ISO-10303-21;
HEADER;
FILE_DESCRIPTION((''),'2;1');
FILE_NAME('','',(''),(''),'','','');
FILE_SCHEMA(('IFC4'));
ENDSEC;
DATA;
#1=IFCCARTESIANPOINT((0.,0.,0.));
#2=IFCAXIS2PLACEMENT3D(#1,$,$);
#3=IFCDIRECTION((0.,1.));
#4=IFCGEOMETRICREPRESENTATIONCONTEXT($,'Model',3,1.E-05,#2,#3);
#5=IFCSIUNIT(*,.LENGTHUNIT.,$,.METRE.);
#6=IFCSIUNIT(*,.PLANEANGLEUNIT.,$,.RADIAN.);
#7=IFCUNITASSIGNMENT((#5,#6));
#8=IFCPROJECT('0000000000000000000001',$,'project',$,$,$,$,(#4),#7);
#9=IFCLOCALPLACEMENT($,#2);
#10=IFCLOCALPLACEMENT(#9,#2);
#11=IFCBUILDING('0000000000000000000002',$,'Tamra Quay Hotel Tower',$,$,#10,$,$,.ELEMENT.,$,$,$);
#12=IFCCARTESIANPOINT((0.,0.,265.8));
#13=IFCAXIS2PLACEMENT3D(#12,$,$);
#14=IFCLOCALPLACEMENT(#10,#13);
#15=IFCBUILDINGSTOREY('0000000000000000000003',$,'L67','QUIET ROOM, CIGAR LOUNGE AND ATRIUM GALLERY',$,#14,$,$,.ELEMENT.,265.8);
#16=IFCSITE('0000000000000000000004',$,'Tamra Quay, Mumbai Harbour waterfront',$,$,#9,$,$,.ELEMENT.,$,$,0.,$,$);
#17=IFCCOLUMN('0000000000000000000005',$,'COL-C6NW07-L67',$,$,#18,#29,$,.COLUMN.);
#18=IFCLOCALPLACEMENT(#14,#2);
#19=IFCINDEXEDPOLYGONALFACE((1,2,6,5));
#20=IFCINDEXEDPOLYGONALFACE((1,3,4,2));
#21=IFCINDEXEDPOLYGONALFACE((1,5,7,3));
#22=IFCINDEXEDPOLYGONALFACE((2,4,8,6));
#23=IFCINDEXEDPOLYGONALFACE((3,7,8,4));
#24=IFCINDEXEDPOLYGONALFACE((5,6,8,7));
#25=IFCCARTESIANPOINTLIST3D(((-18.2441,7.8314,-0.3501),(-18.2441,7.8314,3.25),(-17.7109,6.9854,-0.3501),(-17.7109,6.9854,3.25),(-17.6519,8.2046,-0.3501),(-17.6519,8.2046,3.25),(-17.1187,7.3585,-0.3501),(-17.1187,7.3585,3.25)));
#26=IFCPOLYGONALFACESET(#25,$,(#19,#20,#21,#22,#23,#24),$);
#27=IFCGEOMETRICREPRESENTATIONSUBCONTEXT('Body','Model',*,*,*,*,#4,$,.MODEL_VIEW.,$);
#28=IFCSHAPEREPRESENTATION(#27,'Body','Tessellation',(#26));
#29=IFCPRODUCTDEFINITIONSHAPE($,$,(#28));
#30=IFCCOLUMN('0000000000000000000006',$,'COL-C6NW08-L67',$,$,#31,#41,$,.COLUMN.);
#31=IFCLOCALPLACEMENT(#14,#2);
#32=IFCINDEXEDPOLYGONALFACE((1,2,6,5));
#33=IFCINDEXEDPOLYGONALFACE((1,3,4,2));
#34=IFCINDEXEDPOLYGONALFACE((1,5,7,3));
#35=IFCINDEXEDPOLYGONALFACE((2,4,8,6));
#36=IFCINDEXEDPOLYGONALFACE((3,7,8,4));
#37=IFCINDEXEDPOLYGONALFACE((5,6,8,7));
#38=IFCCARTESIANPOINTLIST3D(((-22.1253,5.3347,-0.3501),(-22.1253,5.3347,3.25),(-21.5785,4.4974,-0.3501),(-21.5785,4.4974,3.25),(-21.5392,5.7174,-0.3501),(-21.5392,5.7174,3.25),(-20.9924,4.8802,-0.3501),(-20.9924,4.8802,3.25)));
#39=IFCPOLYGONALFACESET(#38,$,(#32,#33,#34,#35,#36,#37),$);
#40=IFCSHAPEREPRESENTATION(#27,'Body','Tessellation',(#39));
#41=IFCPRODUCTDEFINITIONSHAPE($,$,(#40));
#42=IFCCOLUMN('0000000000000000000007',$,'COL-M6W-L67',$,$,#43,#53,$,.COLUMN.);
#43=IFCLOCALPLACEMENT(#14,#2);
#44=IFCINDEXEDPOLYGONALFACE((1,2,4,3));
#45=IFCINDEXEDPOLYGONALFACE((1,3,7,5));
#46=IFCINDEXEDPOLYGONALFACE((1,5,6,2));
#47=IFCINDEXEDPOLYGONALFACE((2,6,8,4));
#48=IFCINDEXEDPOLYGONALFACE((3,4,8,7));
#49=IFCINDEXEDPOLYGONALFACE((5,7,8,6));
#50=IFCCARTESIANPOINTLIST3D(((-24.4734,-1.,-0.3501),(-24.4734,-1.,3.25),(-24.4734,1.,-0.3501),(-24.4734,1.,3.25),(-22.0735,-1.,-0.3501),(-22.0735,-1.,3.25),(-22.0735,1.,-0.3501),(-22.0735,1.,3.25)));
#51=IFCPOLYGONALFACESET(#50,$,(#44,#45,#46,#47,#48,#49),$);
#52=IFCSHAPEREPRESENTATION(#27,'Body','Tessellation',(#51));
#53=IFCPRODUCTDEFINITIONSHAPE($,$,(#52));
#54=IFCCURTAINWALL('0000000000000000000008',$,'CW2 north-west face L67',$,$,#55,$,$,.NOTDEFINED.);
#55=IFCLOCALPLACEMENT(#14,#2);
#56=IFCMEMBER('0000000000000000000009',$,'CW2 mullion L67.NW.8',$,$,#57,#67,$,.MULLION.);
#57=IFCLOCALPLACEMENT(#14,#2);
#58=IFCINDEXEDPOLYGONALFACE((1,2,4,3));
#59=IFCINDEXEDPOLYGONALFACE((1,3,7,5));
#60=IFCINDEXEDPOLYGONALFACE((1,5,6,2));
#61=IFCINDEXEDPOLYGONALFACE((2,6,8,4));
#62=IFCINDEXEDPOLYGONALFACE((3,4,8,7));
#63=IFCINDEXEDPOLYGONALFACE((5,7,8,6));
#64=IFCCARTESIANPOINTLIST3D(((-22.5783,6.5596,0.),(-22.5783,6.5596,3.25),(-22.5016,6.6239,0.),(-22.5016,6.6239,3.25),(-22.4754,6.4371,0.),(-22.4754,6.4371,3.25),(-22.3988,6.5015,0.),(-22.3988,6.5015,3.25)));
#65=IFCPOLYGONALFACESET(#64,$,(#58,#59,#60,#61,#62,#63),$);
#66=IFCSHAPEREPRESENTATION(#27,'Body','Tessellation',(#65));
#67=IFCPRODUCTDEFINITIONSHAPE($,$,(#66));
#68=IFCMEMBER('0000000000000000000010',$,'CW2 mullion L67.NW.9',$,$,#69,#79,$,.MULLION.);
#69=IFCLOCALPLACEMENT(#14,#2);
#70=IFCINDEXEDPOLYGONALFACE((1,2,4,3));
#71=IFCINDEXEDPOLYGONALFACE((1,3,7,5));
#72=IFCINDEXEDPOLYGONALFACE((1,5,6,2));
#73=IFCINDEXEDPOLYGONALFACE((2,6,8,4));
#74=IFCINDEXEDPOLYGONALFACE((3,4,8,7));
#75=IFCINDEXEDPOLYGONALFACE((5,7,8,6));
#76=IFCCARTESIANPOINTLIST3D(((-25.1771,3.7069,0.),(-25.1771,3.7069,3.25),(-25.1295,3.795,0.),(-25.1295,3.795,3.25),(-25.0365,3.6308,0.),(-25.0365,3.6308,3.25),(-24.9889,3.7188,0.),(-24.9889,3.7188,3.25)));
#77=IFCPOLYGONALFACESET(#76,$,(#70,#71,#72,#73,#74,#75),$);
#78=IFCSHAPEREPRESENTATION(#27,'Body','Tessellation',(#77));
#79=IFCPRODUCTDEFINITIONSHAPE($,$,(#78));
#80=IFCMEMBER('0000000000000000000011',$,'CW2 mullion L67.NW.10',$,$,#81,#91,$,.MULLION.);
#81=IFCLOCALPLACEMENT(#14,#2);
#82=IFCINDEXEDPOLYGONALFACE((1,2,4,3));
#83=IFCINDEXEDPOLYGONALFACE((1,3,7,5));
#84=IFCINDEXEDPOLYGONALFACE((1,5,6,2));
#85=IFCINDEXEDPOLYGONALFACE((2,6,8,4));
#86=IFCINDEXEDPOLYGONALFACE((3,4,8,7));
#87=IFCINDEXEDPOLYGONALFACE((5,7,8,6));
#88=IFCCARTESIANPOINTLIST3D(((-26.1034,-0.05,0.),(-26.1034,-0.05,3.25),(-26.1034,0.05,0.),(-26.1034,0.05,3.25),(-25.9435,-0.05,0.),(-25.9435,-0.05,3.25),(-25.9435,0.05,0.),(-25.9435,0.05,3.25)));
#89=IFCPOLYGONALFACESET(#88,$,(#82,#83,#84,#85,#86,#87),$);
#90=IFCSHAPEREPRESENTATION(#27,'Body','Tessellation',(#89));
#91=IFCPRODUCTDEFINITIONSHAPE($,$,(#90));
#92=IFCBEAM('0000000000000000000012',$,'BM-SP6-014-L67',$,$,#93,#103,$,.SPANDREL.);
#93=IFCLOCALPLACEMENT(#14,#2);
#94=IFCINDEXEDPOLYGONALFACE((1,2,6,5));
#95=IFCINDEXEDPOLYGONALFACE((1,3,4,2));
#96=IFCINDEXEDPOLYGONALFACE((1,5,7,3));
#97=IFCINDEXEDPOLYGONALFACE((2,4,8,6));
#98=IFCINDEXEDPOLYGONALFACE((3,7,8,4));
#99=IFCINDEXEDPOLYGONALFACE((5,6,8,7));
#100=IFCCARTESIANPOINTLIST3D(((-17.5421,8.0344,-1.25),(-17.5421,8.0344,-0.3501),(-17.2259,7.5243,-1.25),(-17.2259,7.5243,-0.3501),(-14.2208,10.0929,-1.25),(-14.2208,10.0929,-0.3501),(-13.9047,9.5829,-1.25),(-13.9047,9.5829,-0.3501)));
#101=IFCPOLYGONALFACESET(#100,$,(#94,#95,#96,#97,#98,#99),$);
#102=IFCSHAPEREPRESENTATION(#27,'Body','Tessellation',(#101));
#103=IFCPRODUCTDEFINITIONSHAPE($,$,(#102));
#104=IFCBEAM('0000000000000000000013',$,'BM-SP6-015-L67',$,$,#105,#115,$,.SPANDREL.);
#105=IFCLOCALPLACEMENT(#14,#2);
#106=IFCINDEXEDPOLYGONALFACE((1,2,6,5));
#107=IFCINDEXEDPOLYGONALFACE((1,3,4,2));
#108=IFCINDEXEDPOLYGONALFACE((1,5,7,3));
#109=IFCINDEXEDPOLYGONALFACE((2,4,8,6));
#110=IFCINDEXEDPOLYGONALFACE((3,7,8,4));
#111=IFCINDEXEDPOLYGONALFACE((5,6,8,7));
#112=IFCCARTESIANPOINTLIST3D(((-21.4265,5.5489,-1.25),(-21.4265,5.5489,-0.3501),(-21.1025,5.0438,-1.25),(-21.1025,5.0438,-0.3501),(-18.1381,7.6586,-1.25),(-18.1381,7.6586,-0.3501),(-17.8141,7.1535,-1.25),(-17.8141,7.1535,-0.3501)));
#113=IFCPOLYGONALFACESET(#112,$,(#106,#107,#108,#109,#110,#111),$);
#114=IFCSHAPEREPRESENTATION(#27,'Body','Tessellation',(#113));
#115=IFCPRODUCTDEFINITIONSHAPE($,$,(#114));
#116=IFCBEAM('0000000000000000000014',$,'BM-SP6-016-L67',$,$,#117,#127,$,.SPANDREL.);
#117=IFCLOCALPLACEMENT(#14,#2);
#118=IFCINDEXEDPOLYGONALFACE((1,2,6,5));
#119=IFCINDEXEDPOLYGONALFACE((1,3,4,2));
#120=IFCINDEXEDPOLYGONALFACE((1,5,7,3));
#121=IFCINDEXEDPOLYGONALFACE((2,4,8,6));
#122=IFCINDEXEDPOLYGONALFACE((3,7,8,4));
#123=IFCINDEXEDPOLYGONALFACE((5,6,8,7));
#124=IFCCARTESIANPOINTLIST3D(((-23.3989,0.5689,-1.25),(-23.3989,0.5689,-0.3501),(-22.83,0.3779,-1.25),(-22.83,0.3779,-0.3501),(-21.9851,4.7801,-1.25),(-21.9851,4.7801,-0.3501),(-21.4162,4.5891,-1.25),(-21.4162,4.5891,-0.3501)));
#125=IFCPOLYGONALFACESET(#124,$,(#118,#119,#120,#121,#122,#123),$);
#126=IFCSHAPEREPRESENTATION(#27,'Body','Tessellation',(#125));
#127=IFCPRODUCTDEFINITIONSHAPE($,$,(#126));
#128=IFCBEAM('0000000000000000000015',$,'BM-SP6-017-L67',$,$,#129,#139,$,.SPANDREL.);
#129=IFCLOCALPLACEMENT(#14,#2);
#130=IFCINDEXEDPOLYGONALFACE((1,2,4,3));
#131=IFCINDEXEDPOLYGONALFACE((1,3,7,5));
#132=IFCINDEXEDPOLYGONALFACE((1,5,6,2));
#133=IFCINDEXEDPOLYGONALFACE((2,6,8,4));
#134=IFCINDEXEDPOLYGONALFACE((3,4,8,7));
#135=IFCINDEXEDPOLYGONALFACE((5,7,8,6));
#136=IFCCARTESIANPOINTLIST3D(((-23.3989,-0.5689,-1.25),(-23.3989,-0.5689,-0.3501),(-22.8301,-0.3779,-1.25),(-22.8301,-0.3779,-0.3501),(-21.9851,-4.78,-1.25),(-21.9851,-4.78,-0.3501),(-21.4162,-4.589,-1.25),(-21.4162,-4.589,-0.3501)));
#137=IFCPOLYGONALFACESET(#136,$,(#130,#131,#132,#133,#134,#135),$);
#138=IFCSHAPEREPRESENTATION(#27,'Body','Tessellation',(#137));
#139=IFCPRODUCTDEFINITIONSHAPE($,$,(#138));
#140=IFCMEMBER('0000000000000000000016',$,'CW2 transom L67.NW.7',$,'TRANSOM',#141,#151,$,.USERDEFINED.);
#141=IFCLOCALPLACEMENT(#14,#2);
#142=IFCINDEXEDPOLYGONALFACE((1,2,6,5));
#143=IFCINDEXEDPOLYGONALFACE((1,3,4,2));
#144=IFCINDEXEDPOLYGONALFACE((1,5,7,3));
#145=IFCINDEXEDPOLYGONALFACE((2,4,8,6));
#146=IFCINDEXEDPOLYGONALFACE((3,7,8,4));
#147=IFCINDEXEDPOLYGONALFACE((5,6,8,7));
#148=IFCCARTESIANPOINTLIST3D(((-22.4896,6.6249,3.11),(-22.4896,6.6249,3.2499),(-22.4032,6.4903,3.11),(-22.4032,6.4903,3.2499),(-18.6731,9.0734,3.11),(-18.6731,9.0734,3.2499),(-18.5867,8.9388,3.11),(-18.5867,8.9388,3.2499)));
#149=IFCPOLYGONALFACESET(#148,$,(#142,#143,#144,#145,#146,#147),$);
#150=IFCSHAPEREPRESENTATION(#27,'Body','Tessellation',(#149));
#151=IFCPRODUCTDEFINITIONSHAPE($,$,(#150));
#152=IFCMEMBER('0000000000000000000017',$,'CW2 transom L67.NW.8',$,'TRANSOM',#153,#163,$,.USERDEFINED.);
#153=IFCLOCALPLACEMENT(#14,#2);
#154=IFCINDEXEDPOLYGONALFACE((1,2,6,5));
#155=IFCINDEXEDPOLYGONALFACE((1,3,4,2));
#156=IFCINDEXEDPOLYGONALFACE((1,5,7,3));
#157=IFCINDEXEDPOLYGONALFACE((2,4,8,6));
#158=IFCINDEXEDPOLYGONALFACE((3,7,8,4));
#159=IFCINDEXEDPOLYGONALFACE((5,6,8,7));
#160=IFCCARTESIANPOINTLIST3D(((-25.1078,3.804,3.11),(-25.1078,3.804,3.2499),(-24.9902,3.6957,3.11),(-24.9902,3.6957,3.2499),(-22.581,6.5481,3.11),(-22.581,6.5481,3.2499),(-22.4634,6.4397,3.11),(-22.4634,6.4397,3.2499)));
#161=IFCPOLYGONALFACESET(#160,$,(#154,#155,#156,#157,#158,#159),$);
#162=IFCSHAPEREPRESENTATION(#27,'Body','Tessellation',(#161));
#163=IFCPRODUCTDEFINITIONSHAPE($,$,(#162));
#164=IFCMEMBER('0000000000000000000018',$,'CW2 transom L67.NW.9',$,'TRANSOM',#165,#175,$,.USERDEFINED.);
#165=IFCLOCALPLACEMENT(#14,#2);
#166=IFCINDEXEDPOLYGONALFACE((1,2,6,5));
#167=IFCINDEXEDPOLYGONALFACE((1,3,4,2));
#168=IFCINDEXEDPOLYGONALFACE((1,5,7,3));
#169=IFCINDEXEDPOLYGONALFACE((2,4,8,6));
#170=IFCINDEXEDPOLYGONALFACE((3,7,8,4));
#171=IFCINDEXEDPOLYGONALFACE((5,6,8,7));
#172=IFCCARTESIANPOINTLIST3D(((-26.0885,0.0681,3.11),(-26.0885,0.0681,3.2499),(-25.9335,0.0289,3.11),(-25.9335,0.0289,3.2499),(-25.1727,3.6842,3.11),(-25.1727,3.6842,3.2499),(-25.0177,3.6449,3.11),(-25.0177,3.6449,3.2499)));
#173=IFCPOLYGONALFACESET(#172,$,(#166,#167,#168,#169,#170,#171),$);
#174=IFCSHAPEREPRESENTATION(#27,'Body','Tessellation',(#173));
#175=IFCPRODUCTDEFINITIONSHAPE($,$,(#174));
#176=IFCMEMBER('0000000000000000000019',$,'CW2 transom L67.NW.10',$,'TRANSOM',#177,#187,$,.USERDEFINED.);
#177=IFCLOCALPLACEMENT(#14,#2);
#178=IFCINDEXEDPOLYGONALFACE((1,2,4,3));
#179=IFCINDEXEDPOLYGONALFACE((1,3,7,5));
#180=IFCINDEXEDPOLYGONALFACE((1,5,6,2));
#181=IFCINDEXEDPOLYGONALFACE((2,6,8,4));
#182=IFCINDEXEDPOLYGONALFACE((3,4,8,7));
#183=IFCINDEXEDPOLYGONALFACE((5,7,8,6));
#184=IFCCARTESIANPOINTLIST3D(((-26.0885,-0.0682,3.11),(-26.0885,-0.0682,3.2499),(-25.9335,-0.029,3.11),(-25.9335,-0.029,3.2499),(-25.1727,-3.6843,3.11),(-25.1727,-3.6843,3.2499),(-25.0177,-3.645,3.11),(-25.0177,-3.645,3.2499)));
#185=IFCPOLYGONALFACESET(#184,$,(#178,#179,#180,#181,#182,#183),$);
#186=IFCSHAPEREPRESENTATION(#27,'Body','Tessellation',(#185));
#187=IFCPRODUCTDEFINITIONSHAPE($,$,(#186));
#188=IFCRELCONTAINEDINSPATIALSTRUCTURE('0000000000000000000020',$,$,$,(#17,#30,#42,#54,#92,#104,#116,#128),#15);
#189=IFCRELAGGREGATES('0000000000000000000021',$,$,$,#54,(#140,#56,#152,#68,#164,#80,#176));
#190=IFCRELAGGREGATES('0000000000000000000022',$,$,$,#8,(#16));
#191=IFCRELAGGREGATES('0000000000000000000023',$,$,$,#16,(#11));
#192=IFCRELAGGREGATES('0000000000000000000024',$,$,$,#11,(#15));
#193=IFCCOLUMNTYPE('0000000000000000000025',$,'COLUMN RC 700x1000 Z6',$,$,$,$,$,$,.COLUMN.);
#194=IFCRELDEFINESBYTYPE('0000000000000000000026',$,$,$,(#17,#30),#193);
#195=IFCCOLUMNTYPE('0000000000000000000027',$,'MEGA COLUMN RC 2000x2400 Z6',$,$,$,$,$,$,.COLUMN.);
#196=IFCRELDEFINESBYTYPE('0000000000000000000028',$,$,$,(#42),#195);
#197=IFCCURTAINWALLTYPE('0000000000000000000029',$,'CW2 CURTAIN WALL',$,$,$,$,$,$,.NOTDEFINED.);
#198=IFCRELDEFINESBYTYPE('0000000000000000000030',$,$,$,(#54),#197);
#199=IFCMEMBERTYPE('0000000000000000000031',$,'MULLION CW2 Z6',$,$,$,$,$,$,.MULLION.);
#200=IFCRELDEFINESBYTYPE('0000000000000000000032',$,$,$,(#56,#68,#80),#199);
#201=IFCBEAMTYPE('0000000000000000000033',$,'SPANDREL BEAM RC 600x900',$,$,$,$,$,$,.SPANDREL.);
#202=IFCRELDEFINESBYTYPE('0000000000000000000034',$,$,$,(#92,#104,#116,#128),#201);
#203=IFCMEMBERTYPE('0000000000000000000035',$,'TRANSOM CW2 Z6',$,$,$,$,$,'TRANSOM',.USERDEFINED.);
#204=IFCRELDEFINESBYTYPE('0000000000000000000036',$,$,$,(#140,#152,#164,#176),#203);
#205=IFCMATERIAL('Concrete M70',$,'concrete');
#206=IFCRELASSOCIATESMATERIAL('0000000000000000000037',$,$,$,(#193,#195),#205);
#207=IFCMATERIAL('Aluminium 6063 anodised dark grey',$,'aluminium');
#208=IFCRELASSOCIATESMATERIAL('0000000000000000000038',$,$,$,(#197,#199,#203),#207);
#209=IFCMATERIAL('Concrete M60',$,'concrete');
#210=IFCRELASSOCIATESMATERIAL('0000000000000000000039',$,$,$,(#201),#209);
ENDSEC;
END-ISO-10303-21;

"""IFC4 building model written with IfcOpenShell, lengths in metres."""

from ifc_helpers import new_model, si_unit, direction, frame, origin, origin_2d, place, context, subcontext, project, spatial, rectangle, extrude, material, material_profile, profile_set, type_object, element, aggregate, save


model = new_model("IFC4")

# Units and contexts
model_context = context("Model", 3, precision=1e-05, world=origin(), true_north=direction((0.0, 1.0)))
body_context = subcontext(model_context, "Body", "Model", "MODEL_VIEW")
ifc_project = project(units=[si_unit("LENGTHUNIT", "METRE"), si_unit("PLANEANGLEUNIT", "RADIAN")], contexts=[model_context])

# Site, building, storey
site_placement = place(None, origin())
site = spatial("IfcSite", under=ifc_project, at=site_placement, Name="Tamra Quay, Mumbai Harbour waterfront", CompositionType="ELEMENT", RefElevation=0.0)
building_placement = place(site_placement, origin())
building = spatial("IfcBuilding", under=site, at=building_placement, Name="Tamra Quay Hotel Tower", CompositionType="ELEMENT")
storey_placement = place(building_placement, frame((0.0, 0.0, 265.8)))
storey = spatial("IfcBuildingStorey", under=building, at=storey_placement, Name="L67", Description="QUIET ROOM, CIGAR LOUNGE AND ATRIUM GALLERY", CompositionType="ELEMENT", Elevation=265.8)

# Columns
ifc_material_1 = material(Name="Concrete M70", Category="concrete")
ifc_material_profile_1 = material_profile(ifc_material_1, rectangle(XDim=1.0, YDim=0.7, at=origin_2d()), Name="COLUMN RC 700x1000 Z6")
ifc_profile_set_1 = profile_set([ifc_material_profile_1], Name="Concrete M70")
column_type_1 = type_object("IfcColumnType", Name="COLUMN RC 700x1000 Z6", PredefinedType="COLUMN", material=ifc_profile_set_1)
for number, where, z_axis, x_axis, name in (
    (1, (-17.6814, 7.595, -0.3501), (0.0, 0.0, 1.0), (-0.533133, 0.846031, 0.0), "COL-C6NW07-L67"),
    (2, (-21.5588, 5.1074, -0.3501), (0.0, 0.0, 1.0), (-0.546805, 0.83726, 0.0), "COL-C6NW08-L67"),
):
    element("IfcColumn", number, at=place(storey_placement, frame(where, z_axis=z_axis, x_axis=x_axis)), inside=storey, type_object=column_type_1, Name=name, PredefinedType="COLUMN", context=body_context, shape_type="SweptSolid", body=[
        extrude(rectangle(XDim=1.0, YDim=0.7, at=origin_2d()), origin(), (0.0, 0.0, 1.0), 3.6001),
    ])
ifc_material_profile_2 = material_profile(ifc_material_1, rectangle(XDim=2.3999, YDim=2.0, at=origin_2d()), Name="MEGA COLUMN RC 2000x2400 Z6")
ifc_profile_set_2 = profile_set([ifc_material_profile_2], Name="Concrete M70")
column_type_2 = type_object("IfcColumnType", Name="MEGA COLUMN RC 2000x2400 Z6", PredefinedType="COLUMN", material=ifc_profile_set_2)
column_placement = place(storey_placement, frame((-23.2734, 0.0, -0.3501), z_axis=(0.0, 0.0, 1.0), x_axis=(1.0, 0.0, 0.0)))
element("IfcColumn", 3, at=column_placement, inside=storey, type_object=column_type_2, Name="COL-M6W-L67", PredefinedType="COLUMN", context=body_context, shape_type="SweptSolid", body=[
    extrude(rectangle(XDim=2.3999, YDim=2.0, at=origin_2d()), origin(), (0.0, 0.0, 1.0), 3.6001),
])

# Curtain wall, members
ifc_material_2 = material(Name="Aluminium 6063 anodised dark grey", Category="aluminium")
curtain_wall_type = type_object("IfcCurtainWallType", Name="CW2 CURTAIN WALL", PredefinedType="NOTDEFINED", material=ifc_material_2)
curtain_wall_placement = place(storey_placement, origin())
curtain_wall = element("IfcCurtainWall", 4, at=curtain_wall_placement, inside=storey, type_object=curtain_wall_type, Name="CW2 north-west face L67", PredefinedType="NOTDEFINED")
ifc_material_profile_3 = material_profile(ifc_material_2, rectangle(XDim=0.1599, YDim=0.1001, at=origin_2d()), Name="MULLION 100X160")
ifc_profile_set_3 = profile_set([ifc_material_profile_3], Name="Aluminium 6063 anodised dark grey")
member_type_1 = type_object("IfcMemberType", Name="MULLION CW2 Z6", PredefinedType="MULLION", material=ifc_profile_set_3)
member_1_placement = place(storey_placement, frame((-22.4885, 6.5305, 0.0), z_axis=(0.0, 0.0, 1.0), x_axis=(-0.643086, 0.765794, 0.0)))
member_1 = element("IfcMember", 5, at=member_1_placement, type_object=member_type_1, Name="CW2 mullion L67.NW.8", PredefinedType="MULLION", context=body_context, shape_type="SweptSolid", body=[
    extrude(rectangle(XDim=0.1599, YDim=0.1001, at=origin_2d()), origin(), (0.0, 0.0, 1.0), 3.25),
])
member_2_placement = place(storey_placement, frame((-25.083, 3.7129, 0.0), z_axis=(0.0, 0.0, 1.0), x_axis=(-0.879433, 0.476023, 0.0)))
member_2 = element("IfcMember", 6, at=member_2_placement, type_object=member_type_1, Name="CW2 mullion L67.NW.9", PredefinedType="MULLION", context=body_context, shape_type="SweptSolid", body=[
    extrude(rectangle(XDim=0.1599, YDim=0.1001, at=origin_2d()), origin(), (0.0, 0.0, 1.0), 3.25),
])
member_3_placement = place(storey_placement, frame((-26.0234, 0.0, 0.0), z_axis=(0.0, 0.0, 1.0), x_axis=(-1.0, 0.0, 0.0)))
member_3 = element("IfcMember", 7, at=member_3_placement, type_object=member_type_1, Name="CW2 mullion L67.NW.10", PredefinedType="MULLION", context=body_context, shape_type="SweptSolid", body=[
    extrude(rectangle(XDim=0.1599, YDim=0.1001, at=origin_2d()), origin(), (0.0, 0.0, 1.0), 3.25),
])

# Beams
ifc_material_3 = material(Name="Concrete M60", Category="concrete")
ifc_material_profile_4 = material_profile(ifc_material_3, rectangle(XDim=0.6001, YDim=0.8999, at=origin_2d()), Name="SPANDREL BEAM RC 600x900")
ifc_profile_set_4 = profile_set([ifc_material_profile_4], Name="Concrete M60")
beam_type = type_object("IfcBeamType", Name="SPANDREL BEAM RC 600x900", PredefinedType="SPANDREL", material=ifc_profile_set_4)
beam_1_placement = place(storey_placement, frame((-14.0627, 9.8379, -0.8), z_axis=(-0.849972, -0.526828, 0.0), x_axis=(0.526828, -0.849972, 0.0)))
element("IfcBeam", 8, at=beam_1_placement, inside=storey, type_object=beam_type, Name="BM-SP6-014-L67", PredefinedType="SPANDREL", context=body_context, shape_type="SweptSolid", body=[
    extrude(rectangle(XDim=0.6001, YDim=0.8999, at=origin_2d()), origin(), (0.0, 0.0, 1.0), 3.9075),
])
beam_2_placement = place(storey_placement, frame((-17.9761, 7.406, -0.8), z_axis=(-0.84168, -0.539977, 0.0), x_axis=(0.539977, -0.84168, 0.0)))
element("IfcBeam", 9, at=beam_2_placement, inside=storey, type_object=beam_type, Name="BM-SP6-015-L67", PredefinedType="SPANDREL", context=body_context, shape_type="SweptSolid", body=[
    extrude(rectangle(XDim=0.6001, YDim=0.8999, at=origin_2d()), origin(), (0.0, 0.0, 1.0), 3.907),
])
for number, where, z_axis, x_axis, name in (
    (10, (-21.7007, 4.6846, -0.8), (-0.318272, -0.948, 0.0), (0.948, -0.318272, 0.0), "BM-SP6-016-L67"),
    (11, (-23.1145, -0.4734, -0.8), (0.318272, -0.948, 0.0), (0.948, 0.318272, 0.0), "BM-SP6-017-L67"),
):
    element("IfcBeam", number, at=place(storey_placement, frame(where, z_axis=z_axis, x_axis=x_axis)), inside=storey, type_object=beam_type, Name=name, PredefinedType="SPANDREL", context=body_context, shape_type="SweptSolid", body=[
        extrude(rectangle(XDim=0.6001, YDim=0.8999, at=origin_2d()), origin(), (0.0, 0.0, 1.0), 4.4421),
    ])

# Members
ifc_material_profile_5 = material_profile(ifc_material_2, rectangle(XDim=0.1599, YDim=0.1399, at=origin_2d()), Name="TRANSOM 160X140")
ifc_profile_set_5 = profile_set([ifc_material_profile_5], Name="Aluminium 6063 anodised dark grey")
member_type_2 = type_object("IfcMemberType", Name="TRANSOM CW2 Z6", ElementType="TRANSOM", PredefinedType="USERDEFINED", material=ifc_profile_set_5)
member_4_placement = place(storey_placement, frame((-18.6299, 9.0061, 3.1799), z_axis=(-0.841671, -0.53999, 0.0), x_axis=(0.53999, -0.841671, 0.0)))
member_4 = element("IfcMember", 12, at=member_4_placement, type_object=member_type_2, Name="CW2 transom L67.NW.7", ObjectType="TRANSOM", PredefinedType="USERDEFINED", context=body_context, shape_type="SweptSolid", body=[
    extrude(rectangle(XDim=0.1599, YDim=0.1399, at=origin_2d()), origin(), (0.0, 0.0, 1.0), 4.5344),
])
member_5_placement = place(storey_placement, frame((-22.5222, 6.4939, 3.1799), z_axis=(-0.677383, -0.735631, 0.0), x_axis=(0.735631, -0.677383, 0.0)))
member_5 = element("IfcMember", 13, at=member_5_placement, type_object=member_type_2, Name="CW2 transom L67.NW.8", ObjectType="TRANSOM", PredefinedType="USERDEFINED", context=body_context, shape_type="SweptSolid", body=[
    extrude(rectangle(XDim=0.1599, YDim=0.1399, at=origin_2d()), origin(), (0.0, 0.0, 1.0), 3.7302),
])
member_6_placement = place(storey_placement, frame((-25.0952, 3.6646, 3.1799), z_axis=(-0.245507, -0.969395, 0.0), x_axis=(0.969395, -0.245507, 0.0)))
member_6 = element("IfcMember", 14, at=member_6_placement, type_object=member_type_2, Name="CW2 transom L67.NW.9", ObjectType="TRANSOM", PredefinedType="USERDEFINED", context=body_context, shape_type="SweptSolid", body=[
    extrude(rectangle(XDim=0.1599, YDim=0.1399, at=origin_2d()), origin(), (0.0, 0.0, 1.0), 3.7302),
])
member_7_placement = place(storey_placement, frame((-26.011, -0.0486, 3.1799), z_axis=(0.245507, -0.969395, 0.0), x_axis=(0.969395, 0.245507, 0.0)))
member_7 = element("IfcMember", 15, at=member_7_placement, type_object=member_type_2, Name="CW2 transom L67.NW.10", ObjectType="TRANSOM", PredefinedType="USERDEFINED", context=body_context, shape_type="SweptSolid", body=[
    extrude(rectangle(XDim=0.1599, YDim=0.1399, at=origin_2d()), origin(), (0.0, 0.0, 1.0), 3.7302),
])

aggregate(curtain_wall, [member_4, member_1, member_5, member_2, member_6, member_3, member_7])

save(model, "model.ifc")
